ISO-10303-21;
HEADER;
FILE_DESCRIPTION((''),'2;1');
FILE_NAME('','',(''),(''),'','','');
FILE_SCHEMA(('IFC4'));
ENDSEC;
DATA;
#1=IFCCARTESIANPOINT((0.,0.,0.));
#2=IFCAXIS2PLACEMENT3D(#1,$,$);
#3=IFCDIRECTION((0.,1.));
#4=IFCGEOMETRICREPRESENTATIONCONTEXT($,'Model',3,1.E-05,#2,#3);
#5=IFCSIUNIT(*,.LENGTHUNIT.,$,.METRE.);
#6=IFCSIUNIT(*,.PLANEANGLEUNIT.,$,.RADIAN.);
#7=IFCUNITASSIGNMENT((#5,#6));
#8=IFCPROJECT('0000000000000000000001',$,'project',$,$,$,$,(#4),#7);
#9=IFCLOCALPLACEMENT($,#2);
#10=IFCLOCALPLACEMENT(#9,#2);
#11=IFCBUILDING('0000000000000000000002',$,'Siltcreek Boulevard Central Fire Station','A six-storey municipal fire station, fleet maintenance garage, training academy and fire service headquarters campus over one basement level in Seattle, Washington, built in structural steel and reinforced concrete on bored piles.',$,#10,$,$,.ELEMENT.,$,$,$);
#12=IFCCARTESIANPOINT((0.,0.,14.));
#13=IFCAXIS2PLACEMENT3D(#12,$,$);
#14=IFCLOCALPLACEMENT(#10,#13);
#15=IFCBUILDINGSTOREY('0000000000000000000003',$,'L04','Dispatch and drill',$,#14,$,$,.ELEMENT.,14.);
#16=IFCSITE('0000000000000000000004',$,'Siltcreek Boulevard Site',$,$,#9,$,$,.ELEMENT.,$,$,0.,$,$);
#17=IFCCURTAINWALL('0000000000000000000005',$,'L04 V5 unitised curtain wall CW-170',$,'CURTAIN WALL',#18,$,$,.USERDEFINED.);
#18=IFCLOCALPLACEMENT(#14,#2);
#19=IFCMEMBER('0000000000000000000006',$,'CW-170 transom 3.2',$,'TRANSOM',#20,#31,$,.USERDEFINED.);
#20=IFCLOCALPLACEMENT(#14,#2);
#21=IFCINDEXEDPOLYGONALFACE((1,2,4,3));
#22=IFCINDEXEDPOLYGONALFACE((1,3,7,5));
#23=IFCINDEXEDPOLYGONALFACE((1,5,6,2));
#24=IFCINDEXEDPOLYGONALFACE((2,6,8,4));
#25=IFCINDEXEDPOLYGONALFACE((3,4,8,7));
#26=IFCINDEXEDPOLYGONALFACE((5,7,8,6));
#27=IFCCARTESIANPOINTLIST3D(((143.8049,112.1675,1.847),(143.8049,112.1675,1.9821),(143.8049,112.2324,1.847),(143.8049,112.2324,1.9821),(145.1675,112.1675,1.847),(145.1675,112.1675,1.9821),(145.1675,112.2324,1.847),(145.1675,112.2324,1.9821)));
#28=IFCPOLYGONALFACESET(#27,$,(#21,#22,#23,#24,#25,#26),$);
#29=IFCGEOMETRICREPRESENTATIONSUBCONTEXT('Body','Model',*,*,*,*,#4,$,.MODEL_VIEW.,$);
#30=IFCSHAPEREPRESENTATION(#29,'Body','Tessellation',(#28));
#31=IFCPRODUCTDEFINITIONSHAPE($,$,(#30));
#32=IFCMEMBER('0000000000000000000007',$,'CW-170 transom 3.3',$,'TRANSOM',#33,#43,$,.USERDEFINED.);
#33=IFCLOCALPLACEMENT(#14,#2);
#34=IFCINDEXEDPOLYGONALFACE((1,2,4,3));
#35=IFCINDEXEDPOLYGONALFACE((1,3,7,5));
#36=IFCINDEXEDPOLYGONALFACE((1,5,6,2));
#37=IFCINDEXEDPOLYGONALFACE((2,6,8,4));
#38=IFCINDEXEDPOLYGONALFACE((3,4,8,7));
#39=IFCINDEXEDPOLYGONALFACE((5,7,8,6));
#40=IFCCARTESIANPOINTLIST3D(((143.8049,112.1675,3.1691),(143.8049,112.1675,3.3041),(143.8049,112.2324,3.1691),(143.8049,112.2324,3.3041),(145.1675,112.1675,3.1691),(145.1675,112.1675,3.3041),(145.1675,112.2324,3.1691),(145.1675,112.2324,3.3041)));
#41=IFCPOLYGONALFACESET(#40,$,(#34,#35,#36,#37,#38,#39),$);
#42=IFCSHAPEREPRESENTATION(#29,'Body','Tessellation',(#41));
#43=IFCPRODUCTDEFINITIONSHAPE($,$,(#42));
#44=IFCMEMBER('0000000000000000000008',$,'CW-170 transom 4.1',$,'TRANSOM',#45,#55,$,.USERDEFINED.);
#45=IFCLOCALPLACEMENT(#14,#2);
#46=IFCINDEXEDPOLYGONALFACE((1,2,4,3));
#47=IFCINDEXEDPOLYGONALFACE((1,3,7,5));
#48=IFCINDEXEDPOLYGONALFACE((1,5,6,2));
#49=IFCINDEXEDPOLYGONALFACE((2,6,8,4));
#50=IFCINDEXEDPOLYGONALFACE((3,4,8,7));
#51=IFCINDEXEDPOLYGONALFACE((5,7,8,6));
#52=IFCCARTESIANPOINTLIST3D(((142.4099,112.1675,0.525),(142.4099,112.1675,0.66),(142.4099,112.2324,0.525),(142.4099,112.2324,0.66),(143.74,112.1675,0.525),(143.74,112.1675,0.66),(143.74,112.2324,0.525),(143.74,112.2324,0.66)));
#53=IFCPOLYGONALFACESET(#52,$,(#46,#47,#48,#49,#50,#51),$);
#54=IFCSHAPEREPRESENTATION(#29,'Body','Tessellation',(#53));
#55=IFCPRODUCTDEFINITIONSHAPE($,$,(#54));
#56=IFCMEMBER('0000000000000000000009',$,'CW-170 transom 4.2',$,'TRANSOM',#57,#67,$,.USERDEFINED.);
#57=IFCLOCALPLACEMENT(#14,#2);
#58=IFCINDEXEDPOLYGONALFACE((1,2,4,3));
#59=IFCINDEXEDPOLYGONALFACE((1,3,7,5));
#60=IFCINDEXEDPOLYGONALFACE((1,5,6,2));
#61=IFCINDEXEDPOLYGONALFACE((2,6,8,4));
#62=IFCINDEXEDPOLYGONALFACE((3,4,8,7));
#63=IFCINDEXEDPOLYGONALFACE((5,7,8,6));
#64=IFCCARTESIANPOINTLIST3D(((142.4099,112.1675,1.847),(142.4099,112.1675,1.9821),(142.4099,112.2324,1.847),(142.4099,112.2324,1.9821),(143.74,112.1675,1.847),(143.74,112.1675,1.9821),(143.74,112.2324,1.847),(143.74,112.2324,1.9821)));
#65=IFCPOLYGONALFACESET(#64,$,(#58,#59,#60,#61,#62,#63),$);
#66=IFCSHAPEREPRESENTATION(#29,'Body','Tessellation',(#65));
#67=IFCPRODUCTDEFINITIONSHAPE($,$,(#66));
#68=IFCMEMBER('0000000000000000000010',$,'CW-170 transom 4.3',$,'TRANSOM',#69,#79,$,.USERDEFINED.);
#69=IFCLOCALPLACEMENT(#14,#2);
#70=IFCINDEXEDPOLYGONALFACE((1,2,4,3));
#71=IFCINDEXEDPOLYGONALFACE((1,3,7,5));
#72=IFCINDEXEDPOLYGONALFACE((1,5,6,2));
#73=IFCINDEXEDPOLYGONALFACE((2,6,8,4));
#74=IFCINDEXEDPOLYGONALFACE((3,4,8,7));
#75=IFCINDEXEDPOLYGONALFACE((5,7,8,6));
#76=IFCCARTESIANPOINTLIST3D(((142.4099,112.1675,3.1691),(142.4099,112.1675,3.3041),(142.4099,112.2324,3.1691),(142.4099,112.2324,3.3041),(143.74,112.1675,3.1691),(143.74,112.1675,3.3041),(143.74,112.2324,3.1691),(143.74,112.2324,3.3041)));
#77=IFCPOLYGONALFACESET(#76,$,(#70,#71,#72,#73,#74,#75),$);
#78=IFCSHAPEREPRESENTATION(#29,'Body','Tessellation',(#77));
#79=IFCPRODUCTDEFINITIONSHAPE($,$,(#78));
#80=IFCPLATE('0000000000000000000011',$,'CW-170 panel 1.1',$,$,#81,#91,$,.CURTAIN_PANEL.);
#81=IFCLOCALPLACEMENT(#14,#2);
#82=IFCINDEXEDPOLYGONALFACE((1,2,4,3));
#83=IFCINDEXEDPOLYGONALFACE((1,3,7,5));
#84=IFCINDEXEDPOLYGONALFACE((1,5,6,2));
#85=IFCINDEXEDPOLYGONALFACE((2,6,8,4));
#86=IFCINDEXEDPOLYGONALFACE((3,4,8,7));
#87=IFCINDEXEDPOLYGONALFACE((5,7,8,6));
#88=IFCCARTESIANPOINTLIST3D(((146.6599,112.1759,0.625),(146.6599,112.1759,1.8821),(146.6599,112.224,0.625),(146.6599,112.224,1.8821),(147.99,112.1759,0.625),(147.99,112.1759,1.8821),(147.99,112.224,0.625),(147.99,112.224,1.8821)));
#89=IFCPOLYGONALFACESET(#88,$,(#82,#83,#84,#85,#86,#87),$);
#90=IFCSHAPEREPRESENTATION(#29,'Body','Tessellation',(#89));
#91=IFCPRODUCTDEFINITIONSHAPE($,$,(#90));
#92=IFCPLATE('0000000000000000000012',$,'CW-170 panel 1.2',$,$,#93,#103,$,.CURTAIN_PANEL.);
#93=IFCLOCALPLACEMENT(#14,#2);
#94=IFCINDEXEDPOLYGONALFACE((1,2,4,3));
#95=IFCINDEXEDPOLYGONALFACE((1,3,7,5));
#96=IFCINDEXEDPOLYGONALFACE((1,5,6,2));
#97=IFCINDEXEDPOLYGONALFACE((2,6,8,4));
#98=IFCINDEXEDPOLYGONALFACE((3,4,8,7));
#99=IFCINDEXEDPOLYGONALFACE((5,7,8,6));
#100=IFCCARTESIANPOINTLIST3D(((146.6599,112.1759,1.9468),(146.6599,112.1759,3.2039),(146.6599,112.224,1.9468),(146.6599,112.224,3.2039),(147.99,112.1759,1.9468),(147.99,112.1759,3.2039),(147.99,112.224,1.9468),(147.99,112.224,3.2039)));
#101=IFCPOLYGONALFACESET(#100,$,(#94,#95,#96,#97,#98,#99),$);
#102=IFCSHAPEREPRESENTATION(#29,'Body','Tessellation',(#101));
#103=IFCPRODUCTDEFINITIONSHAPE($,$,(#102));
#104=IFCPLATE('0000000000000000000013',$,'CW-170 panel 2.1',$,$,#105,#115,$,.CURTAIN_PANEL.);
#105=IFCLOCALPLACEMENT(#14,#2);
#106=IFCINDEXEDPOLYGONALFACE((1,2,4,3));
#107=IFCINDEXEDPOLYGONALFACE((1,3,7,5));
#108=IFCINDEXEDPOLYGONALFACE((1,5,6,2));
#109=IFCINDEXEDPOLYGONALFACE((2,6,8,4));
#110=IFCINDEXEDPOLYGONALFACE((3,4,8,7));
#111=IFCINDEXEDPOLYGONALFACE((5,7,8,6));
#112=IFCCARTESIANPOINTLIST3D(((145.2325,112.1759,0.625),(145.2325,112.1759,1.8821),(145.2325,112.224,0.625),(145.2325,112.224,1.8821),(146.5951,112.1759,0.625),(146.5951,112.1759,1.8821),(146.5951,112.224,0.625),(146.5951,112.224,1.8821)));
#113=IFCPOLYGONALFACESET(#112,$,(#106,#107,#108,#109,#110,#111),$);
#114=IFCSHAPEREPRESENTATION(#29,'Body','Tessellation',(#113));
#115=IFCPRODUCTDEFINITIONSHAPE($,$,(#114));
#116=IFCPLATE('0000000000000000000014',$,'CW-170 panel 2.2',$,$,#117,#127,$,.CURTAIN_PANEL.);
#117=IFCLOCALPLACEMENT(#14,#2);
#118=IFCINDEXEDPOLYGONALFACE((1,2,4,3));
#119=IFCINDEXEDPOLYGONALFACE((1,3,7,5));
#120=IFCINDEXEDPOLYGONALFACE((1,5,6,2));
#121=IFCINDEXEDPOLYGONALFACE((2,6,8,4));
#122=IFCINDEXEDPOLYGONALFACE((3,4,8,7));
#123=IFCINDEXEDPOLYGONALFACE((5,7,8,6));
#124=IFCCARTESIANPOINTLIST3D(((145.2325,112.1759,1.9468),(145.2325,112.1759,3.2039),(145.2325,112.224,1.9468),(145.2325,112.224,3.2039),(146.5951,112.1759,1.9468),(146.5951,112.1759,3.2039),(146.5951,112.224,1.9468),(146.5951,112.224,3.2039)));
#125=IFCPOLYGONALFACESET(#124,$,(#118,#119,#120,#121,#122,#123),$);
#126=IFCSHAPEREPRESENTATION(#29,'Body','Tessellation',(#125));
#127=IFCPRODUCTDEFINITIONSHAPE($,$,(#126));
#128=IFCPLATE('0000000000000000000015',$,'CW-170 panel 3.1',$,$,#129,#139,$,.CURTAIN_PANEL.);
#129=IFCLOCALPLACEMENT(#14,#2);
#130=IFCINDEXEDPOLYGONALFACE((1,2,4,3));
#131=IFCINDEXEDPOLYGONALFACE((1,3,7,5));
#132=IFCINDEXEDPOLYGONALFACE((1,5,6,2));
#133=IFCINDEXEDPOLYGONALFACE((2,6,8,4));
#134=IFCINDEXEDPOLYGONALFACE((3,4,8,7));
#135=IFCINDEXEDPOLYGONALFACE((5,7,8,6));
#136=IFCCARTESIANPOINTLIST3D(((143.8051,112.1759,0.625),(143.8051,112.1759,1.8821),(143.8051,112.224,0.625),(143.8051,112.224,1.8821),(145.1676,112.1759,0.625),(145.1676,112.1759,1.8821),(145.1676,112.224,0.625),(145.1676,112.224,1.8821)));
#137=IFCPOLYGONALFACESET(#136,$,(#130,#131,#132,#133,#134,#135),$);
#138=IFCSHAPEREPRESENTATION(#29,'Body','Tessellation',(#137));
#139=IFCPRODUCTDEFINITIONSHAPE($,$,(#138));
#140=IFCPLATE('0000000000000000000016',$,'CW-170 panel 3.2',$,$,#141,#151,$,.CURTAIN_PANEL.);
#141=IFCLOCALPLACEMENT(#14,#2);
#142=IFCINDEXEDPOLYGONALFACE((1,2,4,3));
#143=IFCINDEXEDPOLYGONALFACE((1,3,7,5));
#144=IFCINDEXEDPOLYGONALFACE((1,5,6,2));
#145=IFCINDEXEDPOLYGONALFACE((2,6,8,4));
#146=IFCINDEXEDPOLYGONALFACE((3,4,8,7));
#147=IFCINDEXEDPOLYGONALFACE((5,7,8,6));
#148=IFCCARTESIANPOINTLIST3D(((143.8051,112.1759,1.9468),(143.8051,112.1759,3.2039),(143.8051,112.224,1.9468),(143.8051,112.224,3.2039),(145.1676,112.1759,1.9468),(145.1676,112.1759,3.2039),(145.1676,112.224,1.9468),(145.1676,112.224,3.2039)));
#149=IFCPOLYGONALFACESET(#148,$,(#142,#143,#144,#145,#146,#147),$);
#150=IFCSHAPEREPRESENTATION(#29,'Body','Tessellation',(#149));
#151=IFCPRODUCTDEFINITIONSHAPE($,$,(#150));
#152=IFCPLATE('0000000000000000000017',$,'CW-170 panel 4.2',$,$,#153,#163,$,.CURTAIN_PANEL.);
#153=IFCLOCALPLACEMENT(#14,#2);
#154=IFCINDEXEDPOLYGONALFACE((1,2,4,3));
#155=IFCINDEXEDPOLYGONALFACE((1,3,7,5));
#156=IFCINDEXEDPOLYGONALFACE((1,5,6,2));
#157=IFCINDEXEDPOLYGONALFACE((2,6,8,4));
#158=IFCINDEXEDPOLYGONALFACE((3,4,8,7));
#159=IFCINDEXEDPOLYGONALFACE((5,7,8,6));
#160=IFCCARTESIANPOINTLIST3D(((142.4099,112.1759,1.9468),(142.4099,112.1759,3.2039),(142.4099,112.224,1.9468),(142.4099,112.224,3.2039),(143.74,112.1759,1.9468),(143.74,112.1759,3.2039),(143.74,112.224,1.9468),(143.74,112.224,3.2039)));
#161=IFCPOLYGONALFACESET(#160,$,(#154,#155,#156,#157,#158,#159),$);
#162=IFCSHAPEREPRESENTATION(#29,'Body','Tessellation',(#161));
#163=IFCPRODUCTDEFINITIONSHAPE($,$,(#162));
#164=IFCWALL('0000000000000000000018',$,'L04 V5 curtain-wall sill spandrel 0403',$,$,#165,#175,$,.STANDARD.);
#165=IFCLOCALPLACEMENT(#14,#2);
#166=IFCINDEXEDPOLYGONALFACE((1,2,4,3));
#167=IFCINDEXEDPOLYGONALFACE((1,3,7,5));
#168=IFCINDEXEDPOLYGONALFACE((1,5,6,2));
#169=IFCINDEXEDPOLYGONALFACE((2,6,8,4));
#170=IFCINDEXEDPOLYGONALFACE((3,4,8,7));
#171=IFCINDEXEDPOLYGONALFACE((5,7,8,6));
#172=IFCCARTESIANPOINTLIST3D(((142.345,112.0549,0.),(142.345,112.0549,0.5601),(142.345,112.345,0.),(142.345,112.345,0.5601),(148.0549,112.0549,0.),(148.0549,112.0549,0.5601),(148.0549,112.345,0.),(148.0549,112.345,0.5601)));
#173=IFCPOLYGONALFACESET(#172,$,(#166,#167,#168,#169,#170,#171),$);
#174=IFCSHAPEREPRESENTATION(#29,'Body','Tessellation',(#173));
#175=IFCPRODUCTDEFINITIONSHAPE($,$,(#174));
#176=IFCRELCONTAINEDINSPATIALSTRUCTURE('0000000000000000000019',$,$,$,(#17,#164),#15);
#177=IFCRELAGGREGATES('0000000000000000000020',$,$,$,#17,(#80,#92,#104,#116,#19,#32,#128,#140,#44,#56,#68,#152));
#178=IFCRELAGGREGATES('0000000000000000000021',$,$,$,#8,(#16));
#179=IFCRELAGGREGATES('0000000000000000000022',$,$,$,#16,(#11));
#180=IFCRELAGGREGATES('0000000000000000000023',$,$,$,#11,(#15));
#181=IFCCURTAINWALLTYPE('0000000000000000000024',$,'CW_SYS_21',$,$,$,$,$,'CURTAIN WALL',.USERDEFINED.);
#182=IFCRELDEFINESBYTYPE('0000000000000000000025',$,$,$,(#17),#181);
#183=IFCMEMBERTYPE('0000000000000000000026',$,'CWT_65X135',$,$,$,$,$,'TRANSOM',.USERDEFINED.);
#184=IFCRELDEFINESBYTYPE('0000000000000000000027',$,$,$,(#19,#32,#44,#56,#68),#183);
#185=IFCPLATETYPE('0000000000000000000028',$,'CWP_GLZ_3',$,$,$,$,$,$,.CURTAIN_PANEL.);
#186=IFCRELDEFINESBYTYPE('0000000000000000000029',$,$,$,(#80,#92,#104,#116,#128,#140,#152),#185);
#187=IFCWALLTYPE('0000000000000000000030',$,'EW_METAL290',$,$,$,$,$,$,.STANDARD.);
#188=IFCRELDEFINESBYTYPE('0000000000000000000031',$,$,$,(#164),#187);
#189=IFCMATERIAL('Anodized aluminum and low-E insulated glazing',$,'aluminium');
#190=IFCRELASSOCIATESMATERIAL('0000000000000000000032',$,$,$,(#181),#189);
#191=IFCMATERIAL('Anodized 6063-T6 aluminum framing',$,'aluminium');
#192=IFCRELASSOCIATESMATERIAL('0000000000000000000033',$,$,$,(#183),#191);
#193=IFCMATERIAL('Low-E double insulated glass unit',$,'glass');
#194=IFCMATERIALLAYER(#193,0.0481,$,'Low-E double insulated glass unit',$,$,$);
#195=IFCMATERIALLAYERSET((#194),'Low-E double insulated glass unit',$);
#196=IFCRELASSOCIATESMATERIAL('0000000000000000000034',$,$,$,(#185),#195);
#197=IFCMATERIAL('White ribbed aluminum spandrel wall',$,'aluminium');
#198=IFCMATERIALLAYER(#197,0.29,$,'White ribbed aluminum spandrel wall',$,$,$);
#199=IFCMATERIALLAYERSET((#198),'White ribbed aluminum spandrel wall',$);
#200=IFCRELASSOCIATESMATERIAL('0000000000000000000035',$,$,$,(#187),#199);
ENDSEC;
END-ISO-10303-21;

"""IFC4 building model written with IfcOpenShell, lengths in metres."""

from ifc_helpers import new_model, si_unit, direction, frame, frame_2d, origin, origin_2d, place, context, subcontext, project, spatial, rectangle, extrude, material, layer, layer_set, material_profile, profile_set, type_object, element, aggregate, save


model = new_model("IFC4")

# Units and contexts
model_context = context("Model", 3, precision=1e-05, world=origin(), true_north=direction((0.0, 1.0)))
body_context = subcontext(model_context, "Body", "Model", "MODEL_VIEW")
ifc_project = project(units=[si_unit("LENGTHUNIT", "METRE"), si_unit("PLANEANGLEUNIT", "RADIAN")], contexts=[model_context])

# Site, building, storey
site_placement = place(None, origin())
site = spatial("IfcSite", under=ifc_project, at=site_placement, Name="Siltcreek Boulevard Site", CompositionType="ELEMENT", RefElevation=0.0)
building_placement = place(site_placement, origin())
building = spatial("IfcBuilding", under=site, at=building_placement, Name="Siltcreek Boulevard Central Fire Station", Description="A six-storey municipal fire station, fleet maintenance garage, training academy and fire service headquarters campus over one basement level in Seattle, Washington, built in structural steel and reinforced concrete on bored piles.", CompositionType="ELEMENT")
storey_placement = place(building_placement, frame((0.0, 0.0, 14.0)))
storey = spatial("IfcBuildingStorey", under=building, at=storey_placement, Name="L04", Description="Dispatch and drill", CompositionType="ELEMENT", Elevation=14.0)

# Curtain wall, members, plates
ifc_material_1 = material(Name="Anodized aluminum and low-E insulated glazing", Category="aluminium")
curtain_wall_type = type_object("IfcCurtainWallType", Name="CW_SYS_21", ElementType="CURTAIN WALL", PredefinedType="USERDEFINED", material=ifc_material_1)
curtain_wall_placement = place(storey_placement, origin())
curtain_wall = element("IfcCurtainWall", 1, at=curtain_wall_placement, inside=storey, type_object=curtain_wall_type, Name="L04 V5 unitised curtain wall CW-170", ObjectType="CURTAIN WALL", PredefinedType="USERDEFINED")
ifc_material_2 = material(Name="Anodized 6063-T6 aluminum framing", Category="aluminium")
ifc_material_profile_1 = material_profile(ifc_material_2, rectangle(XDim=0.0649, YDim=0.135, at=origin_2d()), Name="TRAN65X135")
ifc_profile_set_1 = profile_set([ifc_material_profile_1], Name="Anodized 6063-T6 aluminum framing")
member_type_1 = type_object("IfcMemberType", Name="CWT_65X135", ElementType="TRANSOM", PredefinedType="USERDEFINED", material=ifc_profile_set_1)
member_1_placement = place(storey_placement, frame((145.1675, 112.2, 1.9146), z_axis=(-1.0, 0.0, 0.0), x_axis=(0.0, -1.0, 0.0)))
member_1 = element("IfcMember", 2, at=member_1_placement, type_object=member_type_1, Name="CW-170 transom 3.2", ObjectType="TRANSOM", PredefinedType="USERDEFINED", context=body_context, shape_type="SweptSolid", body=[
    extrude(rectangle(XDim=0.0649, YDim=0.135, at=origin_2d()), origin(), (0.0, 0.0, 1.0), 1.3625),
])
member_2_placement = place(storey_placement, frame((145.1675, 112.2, 3.2366), z_axis=(-1.0, 0.0, 0.0), x_axis=(0.0, -1.0, 0.0)))
member_2 = element("IfcMember", 3, at=member_2_placement, type_object=member_type_1, Name="CW-170 transom 3.3", ObjectType="TRANSOM", PredefinedType="USERDEFINED", context=body_context, shape_type="SweptSolid", body=[
    extrude(rectangle(XDim=0.0649, YDim=0.135, at=origin_2d()), origin(), (0.0, 0.0, 1.0), 1.3625),
])
member_3_placement = place(storey_placement, frame((143.74, 112.2, 0.5925), z_axis=(-1.0, 0.0, 0.0), x_axis=(0.0, -1.0, 0.0)))
member_3 = element("IfcMember", 4, at=member_3_placement, type_object=member_type_1, Name="CW-170 transom 4.1", ObjectType="TRANSOM", PredefinedType="USERDEFINED", context=body_context, shape_type="SweptSolid", body=[
    extrude(rectangle(XDim=0.0649, YDim=0.135, at=origin_2d()), origin(), (0.0, 0.0, 1.0), 1.3301),
])
member_4_placement = place(storey_placement, frame((143.74, 112.2, 1.9146), z_axis=(-1.0, 0.0, 0.0), x_axis=(0.0, -1.0, 0.0)))
member_4 = element("IfcMember", 5, at=member_4_placement, type_object=member_type_1, Name="CW-170 transom 4.2", ObjectType="TRANSOM", PredefinedType="USERDEFINED", context=body_context, shape_type="SweptSolid", body=[
    extrude(rectangle(XDim=0.0649, YDim=0.135, at=origin_2d()), origin(), (0.0, 0.0, 1.0), 1.3301),
])
member_5_placement = place(storey_placement, frame((143.74, 112.2, 3.2366), z_axis=(-1.0, 0.0, 0.0), x_axis=(0.0, -1.0, 0.0)))
member_5 = element("IfcMember", 6, at=member_5_placement, type_object=member_type_1, Name="CW-170 transom 4.3", ObjectType="TRANSOM", PredefinedType="USERDEFINED", context=body_context, shape_type="SweptSolid", body=[
    extrude(rectangle(XDim=0.0649, YDim=0.135, at=origin_2d()), origin(), (0.0, 0.0, 1.0), 1.3301),
])
ifc_material_3 = material(Name="Low-E double insulated glass unit", Category="glass")
ifc_layer_1 = layer(ifc_material_3, 0.0481, Name="Low-E double insulated glass unit")
ifc_layer_set_1 = layer_set([ifc_layer_1], Name="Low-E double insulated glass unit")
plate_type = type_object("IfcPlateType", Name="CWP_GLZ_3", PredefinedType="CURTAIN_PANEL", material=ifc_layer_set_1)
plate_1_placement = place(storey_placement, frame((147.325, 112.2, 0.625), z_axis=(0.0, 0.0, 1.0), x_axis=(-1.0, 0.0, 0.0)))
plate_1 = element("IfcPlate", 7, at=plate_1_placement, type_object=plate_type, Name="CW-170 panel 1.1", PredefinedType="CURTAIN_PANEL", context=body_context, shape_type="SweptSolid", body=[
    extrude(rectangle(XDim=1.3301, YDim=0.0481, at=origin_2d()), origin(), (0.0, 0.0, 1.0), 1.2571),
])
plate_2_placement = place(storey_placement, frame((147.325, 112.2, 1.9468), z_axis=(0.0, 0.0, 1.0), x_axis=(-1.0, 0.0, 0.0)))
plate_2 = element("IfcPlate", 8, at=plate_2_placement, type_object=plate_type, Name="CW-170 panel 1.2", PredefinedType="CURTAIN_PANEL", context=body_context, shape_type="SweptSolid", body=[
    extrude(rectangle(XDim=1.3301, YDim=0.0481, at=origin_2d()), origin(), (0.0, 0.0, 1.0), 1.2571),
])
plate_3_placement = place(storey_placement, frame((145.9138, 112.2, 0.625), z_axis=(0.0, 0.0, 1.0), x_axis=(-1.0, 0.0, 0.0)))
plate_3 = element("IfcPlate", 9, at=plate_3_placement, type_object=plate_type, Name="CW-170 panel 2.1", PredefinedType="CURTAIN_PANEL", context=body_context, shape_type="SweptSolid", body=[
    extrude(rectangle(XDim=1.3625, YDim=0.0481, at=origin_2d()), origin(), (0.0, 0.0, 1.0), 1.2571),
])
plate_4_placement = place(storey_placement, frame((145.9138, 112.2, 1.9468), z_axis=(0.0, 0.0, 1.0), x_axis=(-1.0, 0.0, 0.0)))
plate_4 = element("IfcPlate", 10, at=plate_4_placement, type_object=plate_type, Name="CW-170 panel 2.2", PredefinedType="CURTAIN_PANEL", context=body_context, shape_type="SweptSolid", body=[
    extrude(rectangle(XDim=1.3625, YDim=0.0481, at=origin_2d()), origin(), (0.0, 0.0, 1.0), 1.2571),
])
plate_5_placement = place(storey_placement, frame((144.4863, 112.2, 0.625), z_axis=(0.0, 0.0, 1.0), x_axis=(-1.0, 0.0, 0.0)))
plate_5 = element("IfcPlate", 11, at=plate_5_placement, type_object=plate_type, Name="CW-170 panel 3.1", PredefinedType="CURTAIN_PANEL", context=body_context, shape_type="SweptSolid", body=[
    extrude(rectangle(XDim=1.3625, YDim=0.0481, at=origin_2d()), origin(), (0.0, 0.0, 1.0), 1.2571),
])
plate_6_placement = place(storey_placement, frame((144.4863, 112.2, 1.9468), z_axis=(0.0, 0.0, 1.0), x_axis=(-1.0, 0.0, 0.0)))
plate_6 = element("IfcPlate", 12, at=plate_6_placement, type_object=plate_type, Name="CW-170 panel 3.2", PredefinedType="CURTAIN_PANEL", context=body_context, shape_type="SweptSolid", body=[
    extrude(rectangle(XDim=1.3625, YDim=0.0481, at=origin_2d()), origin(), (0.0, 0.0, 1.0), 1.2571),
])
plate_7_placement = place(storey_placement, frame((143.075, 112.2, 1.9468), z_axis=(0.0, 0.0, 1.0), x_axis=(-1.0, 0.0, 0.0)))
plate_7 = element("IfcPlate", 13, at=plate_7_placement, type_object=plate_type, Name="CW-170 panel 4.2", PredefinedType="CURTAIN_PANEL", context=body_context, shape_type="SweptSolid", body=[
    extrude(rectangle(XDim=1.3301, YDim=0.0481, at=origin_2d()), origin(), (0.0, 0.0, 1.0), 1.2571),
])
aggregate(curtain_wall, [plate_1, plate_2, plate_3, plate_4, member_1, member_2, plate_5, plate_6, member_3, member_4, member_5, plate_7])

# Wall
ifc_material_4 = material(Name="White ribbed aluminum spandrel wall", Category="aluminium")
ifc_layer_2 = layer(ifc_material_4, 0.29, Name="White ribbed aluminum spandrel wall")
ifc_layer_set_2 = layer_set([ifc_layer_2], Name="White ribbed aluminum spandrel wall")
wall_type = type_object("IfcWallType", Name="EW_METAL290", PredefinedType="STANDARD", material=ifc_layer_set_2)
wall_placement = place(storey_placement, frame((148.0549, 112.2, 0.0), z_axis=(0.0, 0.0, 1.0), x_axis=(-1.0, 0.0, 0.0)))
element("IfcWall", 14, at=wall_placement, inside=storey, type_object=wall_type, Name="L04 V5 curtain-wall sill spandrel 0403", PredefinedType="STANDARD", context=body_context, shape_type="SweptSolid", body=[
    extrude(rectangle(XDim=5.71, YDim=0.29, at=frame_2d((2.855, 0.0))), origin(), (0.0, 0.0, 1.0), 0.5601),
])

save(model, "model.ifc")
